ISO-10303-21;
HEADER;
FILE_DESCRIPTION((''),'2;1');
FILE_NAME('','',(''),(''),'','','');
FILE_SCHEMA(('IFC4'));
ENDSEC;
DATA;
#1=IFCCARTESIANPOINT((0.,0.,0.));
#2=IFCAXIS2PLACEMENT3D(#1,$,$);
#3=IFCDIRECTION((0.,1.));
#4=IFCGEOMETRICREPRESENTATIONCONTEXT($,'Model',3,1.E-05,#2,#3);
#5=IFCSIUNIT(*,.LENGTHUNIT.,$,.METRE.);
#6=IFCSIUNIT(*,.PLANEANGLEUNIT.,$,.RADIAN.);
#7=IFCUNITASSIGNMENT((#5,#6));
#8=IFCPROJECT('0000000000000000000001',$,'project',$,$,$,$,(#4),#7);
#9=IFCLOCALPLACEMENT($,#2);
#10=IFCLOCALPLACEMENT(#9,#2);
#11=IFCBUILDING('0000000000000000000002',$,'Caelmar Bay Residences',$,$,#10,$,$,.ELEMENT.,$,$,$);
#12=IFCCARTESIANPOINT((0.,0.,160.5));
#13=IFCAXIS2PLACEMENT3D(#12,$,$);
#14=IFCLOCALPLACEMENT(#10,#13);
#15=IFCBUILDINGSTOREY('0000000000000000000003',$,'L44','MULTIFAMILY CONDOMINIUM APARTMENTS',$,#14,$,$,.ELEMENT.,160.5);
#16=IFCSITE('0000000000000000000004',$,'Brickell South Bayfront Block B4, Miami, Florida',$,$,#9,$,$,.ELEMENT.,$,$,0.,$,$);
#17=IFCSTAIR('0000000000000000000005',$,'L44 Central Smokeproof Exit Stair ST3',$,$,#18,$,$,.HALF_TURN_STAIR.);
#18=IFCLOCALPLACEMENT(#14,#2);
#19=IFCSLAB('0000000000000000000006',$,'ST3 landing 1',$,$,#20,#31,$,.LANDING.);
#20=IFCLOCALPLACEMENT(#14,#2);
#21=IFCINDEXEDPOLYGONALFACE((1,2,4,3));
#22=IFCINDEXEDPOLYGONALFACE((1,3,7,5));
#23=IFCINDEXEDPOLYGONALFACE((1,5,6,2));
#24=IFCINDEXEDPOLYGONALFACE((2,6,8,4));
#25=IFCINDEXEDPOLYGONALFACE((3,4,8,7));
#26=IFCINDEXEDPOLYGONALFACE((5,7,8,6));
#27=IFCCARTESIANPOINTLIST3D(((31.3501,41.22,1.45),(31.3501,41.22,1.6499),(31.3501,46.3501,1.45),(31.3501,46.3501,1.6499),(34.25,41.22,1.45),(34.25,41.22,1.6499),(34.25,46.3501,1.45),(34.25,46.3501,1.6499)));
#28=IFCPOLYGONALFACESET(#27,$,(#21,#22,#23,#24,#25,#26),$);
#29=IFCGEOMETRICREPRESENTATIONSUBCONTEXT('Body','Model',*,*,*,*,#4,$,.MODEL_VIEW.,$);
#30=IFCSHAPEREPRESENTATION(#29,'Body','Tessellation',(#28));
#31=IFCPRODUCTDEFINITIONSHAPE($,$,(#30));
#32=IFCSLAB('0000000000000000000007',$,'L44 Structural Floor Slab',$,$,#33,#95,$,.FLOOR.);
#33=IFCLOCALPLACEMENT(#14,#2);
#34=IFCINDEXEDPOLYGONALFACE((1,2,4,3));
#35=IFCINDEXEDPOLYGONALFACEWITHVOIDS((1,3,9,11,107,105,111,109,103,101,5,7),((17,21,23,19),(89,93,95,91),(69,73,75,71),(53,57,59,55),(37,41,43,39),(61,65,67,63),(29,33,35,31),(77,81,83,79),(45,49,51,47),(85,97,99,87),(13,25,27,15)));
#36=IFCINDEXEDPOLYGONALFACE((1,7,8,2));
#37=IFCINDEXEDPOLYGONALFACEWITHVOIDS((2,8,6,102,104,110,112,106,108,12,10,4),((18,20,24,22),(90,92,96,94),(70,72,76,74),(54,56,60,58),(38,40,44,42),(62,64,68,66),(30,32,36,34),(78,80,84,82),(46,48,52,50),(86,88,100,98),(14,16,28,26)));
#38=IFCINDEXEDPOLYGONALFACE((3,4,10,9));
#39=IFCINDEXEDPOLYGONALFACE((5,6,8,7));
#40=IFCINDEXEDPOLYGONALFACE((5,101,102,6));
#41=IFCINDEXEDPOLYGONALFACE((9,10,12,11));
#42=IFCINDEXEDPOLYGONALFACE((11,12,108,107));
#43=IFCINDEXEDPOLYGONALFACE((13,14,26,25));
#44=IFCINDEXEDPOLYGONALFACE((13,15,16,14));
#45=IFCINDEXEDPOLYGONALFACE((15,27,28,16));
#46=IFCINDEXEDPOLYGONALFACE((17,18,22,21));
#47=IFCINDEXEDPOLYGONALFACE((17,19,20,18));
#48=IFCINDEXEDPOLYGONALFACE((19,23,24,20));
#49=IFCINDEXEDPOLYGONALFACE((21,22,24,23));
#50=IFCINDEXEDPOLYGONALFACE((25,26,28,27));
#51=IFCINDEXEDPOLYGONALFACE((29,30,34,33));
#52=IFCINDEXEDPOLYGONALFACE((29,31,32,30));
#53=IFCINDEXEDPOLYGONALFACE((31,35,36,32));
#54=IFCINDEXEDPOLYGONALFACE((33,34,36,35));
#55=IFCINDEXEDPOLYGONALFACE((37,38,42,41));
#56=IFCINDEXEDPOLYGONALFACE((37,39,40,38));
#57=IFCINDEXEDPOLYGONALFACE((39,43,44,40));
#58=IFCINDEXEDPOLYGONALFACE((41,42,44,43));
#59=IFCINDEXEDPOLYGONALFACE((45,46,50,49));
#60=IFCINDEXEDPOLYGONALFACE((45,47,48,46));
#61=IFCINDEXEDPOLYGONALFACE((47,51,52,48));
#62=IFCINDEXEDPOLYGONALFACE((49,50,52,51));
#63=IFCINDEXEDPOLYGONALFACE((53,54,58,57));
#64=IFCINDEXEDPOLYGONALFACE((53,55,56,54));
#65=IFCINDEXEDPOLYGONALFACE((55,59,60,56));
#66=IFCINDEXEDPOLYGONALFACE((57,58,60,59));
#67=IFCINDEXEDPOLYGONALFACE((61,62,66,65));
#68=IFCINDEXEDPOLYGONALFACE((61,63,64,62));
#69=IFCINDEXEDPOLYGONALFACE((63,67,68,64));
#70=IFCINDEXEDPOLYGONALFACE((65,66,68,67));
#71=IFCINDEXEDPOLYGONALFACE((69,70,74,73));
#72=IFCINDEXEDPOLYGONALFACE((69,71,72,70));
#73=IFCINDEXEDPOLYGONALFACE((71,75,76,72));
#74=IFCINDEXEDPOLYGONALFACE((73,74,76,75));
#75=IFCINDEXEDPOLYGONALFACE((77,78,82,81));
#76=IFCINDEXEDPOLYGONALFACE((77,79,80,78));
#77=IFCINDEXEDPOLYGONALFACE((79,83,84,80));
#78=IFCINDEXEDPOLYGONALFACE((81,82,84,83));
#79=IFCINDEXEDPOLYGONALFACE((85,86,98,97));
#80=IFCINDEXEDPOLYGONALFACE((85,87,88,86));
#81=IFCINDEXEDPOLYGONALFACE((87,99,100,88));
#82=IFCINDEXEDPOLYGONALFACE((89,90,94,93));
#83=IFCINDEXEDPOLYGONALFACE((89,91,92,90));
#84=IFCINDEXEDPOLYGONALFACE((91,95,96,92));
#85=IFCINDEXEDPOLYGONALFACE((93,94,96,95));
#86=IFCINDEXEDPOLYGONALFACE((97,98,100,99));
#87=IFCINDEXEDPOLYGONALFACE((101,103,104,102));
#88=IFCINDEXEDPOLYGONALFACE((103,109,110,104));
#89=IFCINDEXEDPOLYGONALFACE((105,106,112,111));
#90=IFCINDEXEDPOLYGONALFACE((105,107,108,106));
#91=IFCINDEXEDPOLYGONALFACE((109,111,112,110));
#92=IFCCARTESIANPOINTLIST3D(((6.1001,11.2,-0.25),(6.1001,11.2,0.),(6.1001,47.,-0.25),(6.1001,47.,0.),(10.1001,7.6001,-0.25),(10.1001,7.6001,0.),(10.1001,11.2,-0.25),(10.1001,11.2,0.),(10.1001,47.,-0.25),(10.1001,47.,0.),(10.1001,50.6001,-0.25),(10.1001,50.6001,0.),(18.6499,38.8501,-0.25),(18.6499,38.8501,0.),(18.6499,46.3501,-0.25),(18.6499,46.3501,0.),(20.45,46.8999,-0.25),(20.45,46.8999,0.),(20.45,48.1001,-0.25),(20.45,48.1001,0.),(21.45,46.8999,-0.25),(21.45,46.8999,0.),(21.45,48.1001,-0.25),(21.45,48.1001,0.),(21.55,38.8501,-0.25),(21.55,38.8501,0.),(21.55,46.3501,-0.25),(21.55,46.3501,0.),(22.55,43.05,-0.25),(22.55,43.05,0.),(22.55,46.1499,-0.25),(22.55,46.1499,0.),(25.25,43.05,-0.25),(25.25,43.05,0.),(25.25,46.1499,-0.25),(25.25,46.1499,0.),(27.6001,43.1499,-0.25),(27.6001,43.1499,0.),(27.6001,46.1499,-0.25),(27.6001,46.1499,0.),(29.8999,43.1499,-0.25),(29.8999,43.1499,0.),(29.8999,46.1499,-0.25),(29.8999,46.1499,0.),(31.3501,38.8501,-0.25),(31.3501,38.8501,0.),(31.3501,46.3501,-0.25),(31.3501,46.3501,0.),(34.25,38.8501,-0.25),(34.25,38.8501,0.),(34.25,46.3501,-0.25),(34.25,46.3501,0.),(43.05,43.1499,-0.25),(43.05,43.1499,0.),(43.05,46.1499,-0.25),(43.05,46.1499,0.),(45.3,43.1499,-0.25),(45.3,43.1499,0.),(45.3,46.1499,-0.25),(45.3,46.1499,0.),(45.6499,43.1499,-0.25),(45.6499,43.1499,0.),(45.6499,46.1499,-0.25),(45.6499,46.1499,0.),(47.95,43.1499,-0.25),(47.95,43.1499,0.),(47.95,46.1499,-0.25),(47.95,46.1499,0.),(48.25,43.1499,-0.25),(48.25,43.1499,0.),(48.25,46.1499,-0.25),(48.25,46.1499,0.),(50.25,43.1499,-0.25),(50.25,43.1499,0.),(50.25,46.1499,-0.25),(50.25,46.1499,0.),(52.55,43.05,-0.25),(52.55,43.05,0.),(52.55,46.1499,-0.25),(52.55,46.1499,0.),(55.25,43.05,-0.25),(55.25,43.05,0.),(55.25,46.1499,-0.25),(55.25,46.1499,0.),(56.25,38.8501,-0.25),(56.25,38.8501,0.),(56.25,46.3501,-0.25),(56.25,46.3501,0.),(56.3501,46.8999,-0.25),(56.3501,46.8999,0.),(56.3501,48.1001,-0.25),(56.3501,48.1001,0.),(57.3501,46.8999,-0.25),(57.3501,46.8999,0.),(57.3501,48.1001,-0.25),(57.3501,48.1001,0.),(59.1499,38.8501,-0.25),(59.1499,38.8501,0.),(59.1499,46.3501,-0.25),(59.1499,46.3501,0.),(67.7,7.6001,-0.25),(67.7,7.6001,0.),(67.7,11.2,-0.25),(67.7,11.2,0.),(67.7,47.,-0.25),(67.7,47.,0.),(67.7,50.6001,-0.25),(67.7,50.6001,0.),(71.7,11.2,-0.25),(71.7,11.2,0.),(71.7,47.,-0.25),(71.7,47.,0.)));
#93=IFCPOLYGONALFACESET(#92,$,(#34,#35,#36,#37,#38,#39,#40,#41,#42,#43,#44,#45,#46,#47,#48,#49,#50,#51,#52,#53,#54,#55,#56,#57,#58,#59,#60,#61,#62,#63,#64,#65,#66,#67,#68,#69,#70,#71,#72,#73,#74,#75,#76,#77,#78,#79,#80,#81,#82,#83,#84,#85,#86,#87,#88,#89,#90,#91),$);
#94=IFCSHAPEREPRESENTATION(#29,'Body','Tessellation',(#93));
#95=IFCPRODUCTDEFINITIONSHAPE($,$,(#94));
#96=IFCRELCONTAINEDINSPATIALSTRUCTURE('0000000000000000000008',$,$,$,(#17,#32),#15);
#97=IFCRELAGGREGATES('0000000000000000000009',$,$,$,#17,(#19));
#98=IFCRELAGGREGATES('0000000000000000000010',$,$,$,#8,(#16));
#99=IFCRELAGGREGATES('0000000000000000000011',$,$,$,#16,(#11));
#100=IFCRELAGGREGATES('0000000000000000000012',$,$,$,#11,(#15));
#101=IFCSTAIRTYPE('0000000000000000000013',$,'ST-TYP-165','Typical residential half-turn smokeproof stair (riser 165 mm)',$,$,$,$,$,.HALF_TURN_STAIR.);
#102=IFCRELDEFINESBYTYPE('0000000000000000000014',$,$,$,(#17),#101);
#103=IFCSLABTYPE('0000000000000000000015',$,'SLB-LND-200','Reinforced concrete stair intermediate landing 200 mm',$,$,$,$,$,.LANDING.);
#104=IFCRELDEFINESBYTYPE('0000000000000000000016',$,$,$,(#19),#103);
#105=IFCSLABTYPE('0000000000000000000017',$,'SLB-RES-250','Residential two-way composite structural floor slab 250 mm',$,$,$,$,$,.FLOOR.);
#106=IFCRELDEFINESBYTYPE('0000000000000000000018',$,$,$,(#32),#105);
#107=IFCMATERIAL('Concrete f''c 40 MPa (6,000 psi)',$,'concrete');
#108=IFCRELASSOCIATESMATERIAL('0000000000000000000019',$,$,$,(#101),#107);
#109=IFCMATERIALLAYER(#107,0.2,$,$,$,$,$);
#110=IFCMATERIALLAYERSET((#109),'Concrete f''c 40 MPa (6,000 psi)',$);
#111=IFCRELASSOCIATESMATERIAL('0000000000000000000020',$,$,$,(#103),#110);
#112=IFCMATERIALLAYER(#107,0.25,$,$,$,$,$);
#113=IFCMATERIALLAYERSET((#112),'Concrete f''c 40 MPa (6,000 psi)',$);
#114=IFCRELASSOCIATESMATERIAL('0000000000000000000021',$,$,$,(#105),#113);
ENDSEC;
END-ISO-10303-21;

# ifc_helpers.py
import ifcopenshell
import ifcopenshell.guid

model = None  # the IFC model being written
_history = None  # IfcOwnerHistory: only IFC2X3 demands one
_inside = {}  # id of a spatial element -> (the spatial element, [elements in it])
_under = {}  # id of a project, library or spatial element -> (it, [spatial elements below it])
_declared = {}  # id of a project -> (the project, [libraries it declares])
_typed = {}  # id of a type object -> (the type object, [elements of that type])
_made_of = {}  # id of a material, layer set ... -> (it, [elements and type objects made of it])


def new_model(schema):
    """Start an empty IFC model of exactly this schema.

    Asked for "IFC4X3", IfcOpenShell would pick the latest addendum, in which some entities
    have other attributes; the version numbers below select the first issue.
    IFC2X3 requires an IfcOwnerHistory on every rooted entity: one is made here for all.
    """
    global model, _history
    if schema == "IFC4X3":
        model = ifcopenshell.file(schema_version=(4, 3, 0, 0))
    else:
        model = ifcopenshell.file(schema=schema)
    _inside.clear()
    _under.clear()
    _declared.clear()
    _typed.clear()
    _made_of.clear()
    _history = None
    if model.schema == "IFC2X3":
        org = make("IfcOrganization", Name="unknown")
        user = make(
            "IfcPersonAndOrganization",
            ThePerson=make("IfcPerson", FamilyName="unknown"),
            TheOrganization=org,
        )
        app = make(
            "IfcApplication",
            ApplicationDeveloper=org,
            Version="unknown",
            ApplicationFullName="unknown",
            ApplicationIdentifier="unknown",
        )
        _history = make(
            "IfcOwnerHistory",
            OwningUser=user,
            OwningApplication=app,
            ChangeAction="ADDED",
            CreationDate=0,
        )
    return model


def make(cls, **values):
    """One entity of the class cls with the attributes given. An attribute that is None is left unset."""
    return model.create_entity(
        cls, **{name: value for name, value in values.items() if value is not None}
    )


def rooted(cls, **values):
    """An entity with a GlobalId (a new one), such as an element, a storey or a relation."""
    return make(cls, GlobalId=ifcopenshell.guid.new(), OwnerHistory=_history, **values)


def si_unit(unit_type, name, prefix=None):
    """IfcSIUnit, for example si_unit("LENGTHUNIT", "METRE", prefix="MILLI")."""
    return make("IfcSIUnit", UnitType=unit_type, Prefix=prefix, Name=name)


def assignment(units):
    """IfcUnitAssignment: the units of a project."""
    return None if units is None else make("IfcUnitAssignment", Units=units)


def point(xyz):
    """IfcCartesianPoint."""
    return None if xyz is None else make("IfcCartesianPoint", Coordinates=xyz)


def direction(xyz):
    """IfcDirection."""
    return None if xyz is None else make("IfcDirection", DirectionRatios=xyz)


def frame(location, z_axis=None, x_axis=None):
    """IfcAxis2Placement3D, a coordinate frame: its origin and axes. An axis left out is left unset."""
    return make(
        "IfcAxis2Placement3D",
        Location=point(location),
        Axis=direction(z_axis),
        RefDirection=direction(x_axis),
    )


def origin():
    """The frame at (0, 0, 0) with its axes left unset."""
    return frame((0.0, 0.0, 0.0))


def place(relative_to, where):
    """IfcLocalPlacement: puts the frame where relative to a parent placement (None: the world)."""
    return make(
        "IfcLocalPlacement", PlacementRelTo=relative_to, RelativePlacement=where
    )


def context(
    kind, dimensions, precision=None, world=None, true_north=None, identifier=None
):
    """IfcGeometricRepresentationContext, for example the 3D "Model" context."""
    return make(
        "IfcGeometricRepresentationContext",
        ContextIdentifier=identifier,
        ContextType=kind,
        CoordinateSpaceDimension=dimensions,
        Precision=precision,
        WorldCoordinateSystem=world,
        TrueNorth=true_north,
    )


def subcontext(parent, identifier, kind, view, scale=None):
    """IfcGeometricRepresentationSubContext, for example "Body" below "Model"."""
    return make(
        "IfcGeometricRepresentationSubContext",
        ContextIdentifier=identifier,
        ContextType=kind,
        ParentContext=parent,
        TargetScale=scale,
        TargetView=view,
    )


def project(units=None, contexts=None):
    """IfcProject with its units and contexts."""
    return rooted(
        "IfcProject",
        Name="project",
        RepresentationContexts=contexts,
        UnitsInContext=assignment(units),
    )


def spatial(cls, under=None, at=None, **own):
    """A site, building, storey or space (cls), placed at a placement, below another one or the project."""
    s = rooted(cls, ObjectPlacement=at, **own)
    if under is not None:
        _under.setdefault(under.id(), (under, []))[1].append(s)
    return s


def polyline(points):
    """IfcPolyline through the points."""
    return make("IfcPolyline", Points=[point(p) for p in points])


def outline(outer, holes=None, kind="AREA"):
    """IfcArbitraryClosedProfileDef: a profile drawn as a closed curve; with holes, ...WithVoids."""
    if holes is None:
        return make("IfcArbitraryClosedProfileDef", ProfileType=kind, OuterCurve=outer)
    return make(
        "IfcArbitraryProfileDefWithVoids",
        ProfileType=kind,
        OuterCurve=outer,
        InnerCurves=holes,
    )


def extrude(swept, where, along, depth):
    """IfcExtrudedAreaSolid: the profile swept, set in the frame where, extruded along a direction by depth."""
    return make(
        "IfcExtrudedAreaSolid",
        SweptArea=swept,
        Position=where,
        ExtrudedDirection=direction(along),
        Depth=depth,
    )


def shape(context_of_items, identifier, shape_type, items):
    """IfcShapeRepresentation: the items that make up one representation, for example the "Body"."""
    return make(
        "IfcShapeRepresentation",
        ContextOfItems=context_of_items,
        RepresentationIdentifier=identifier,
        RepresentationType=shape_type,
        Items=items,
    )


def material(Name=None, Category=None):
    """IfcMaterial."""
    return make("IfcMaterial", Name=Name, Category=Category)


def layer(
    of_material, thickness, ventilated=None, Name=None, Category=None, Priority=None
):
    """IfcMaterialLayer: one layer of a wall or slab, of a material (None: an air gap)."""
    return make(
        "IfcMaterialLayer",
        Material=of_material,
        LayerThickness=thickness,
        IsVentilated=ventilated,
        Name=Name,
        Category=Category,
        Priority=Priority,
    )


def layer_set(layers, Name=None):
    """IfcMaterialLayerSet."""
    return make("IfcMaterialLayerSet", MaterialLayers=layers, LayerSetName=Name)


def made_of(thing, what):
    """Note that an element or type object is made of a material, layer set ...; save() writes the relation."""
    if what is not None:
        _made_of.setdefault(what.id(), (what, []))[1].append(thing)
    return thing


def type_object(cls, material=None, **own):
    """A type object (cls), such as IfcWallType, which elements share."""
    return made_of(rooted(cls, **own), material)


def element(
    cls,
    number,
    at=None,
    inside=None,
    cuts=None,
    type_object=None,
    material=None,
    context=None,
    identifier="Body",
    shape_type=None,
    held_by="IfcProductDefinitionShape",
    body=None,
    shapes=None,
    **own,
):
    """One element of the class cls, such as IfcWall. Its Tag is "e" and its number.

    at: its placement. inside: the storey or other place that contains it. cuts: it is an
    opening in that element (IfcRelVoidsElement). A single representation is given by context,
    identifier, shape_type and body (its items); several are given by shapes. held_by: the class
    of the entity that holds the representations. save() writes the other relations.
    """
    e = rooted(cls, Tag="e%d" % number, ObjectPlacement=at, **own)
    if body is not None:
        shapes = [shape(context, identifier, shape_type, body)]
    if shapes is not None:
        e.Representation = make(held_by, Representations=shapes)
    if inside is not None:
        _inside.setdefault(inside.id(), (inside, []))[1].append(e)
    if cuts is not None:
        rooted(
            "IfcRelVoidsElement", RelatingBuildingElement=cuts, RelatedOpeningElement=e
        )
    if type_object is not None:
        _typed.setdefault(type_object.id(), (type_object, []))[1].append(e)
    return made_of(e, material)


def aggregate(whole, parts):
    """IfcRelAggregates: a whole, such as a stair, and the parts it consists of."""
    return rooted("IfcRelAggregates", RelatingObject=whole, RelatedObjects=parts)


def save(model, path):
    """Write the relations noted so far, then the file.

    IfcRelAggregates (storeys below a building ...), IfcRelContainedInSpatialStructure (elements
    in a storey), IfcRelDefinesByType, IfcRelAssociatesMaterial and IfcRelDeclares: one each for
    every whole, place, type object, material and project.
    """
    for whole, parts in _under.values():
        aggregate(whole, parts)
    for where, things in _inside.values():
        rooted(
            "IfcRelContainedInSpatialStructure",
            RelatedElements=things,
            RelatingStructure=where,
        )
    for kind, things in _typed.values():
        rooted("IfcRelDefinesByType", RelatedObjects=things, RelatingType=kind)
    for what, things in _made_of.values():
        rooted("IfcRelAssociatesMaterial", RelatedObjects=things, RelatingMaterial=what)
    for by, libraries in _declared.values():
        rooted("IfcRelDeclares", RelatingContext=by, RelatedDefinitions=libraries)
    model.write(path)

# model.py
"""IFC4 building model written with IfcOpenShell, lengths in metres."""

from ifc_helpers import new_model, si_unit, direction, frame, origin, place, context, subcontext, project, spatial, polyline, outline, extrude, material, layer, layer_set, type_object, element, aggregate, save


model = new_model("IFC4")

# Units and contexts
model_context = context("Model", 3, precision=1e-05, world=origin(), true_north=direction((0.0, 1.0)))
body_context = subcontext(model_context, "Body", "Model", "MODEL_VIEW")
ifc_project = project(units=[si_unit("LENGTHUNIT", "METRE"), si_unit("PLANEANGLEUNIT", "RADIAN")], contexts=[model_context])

# Site, building, storey
site_placement = place(None, origin())
site = spatial("IfcSite", under=ifc_project, at=site_placement, Name="Brickell South Bayfront Block B4, Miami, Florida", CompositionType="ELEMENT", RefElevation=0.0)
building_placement = place(site_placement, origin())
building = spatial("IfcBuilding", under=site, at=building_placement, Name="Caelmar Bay Residences", CompositionType="ELEMENT")
storey_placement = place(building_placement, frame((0.0, 0.0, 160.5)))
storey = spatial("IfcBuildingStorey", under=building, at=storey_placement, Name="L44", Description="MULTIFAMILY CONDOMINIUM APARTMENTS", CompositionType="ELEMENT", Elevation=160.5)

# Shared definitions
ifc_material_1 = material(Name="Concrete f'c 40 MPa (6,000 psi)", Category="concrete")

# Stair, slab
stair_type = type_object("IfcStairType", Name="ST-TYP-165", Description="Typical residential half-turn smokeproof stair (riser 165 mm)", PredefinedType="HALF_TURN_STAIR", material=ifc_material_1)
ifc_layer_1 = layer(ifc_material_1, 0.2)
ifc_layer_set_1 = layer_set([ifc_layer_1], Name="Concrete f'c 40 MPa (6,000 psi)")
slab_type_1 = type_object("IfcSlabType", Name="SLB-LND-200", Description="Reinforced concrete stair intermediate landing 200 mm", PredefinedType="LANDING", material=ifc_layer_set_1)
stair_1_placement = place(storey_placement, origin())
stair_1 = element("IfcStair", 1, at=stair_1_placement, inside=storey, type_object=stair_type, Name="L44 Central Smokeproof Exit Stair ST3", PredefinedType="HALF_TURN_STAIR")
slab_1_placement = place(storey_placement, frame((0.0, 0.0, 1.45)))
slab_1 = element("IfcSlab", 2, at=slab_1_placement, type_object=slab_type_1, Name="ST3 landing 1", PredefinedType="LANDING", context=body_context, shape_type="SweptSolid", body=[
    extrude(outline(polyline([(34.25, 41.22), (34.25, 46.3501), (31.3501, 46.3501), (31.3501, 41.22), (34.25, 41.22)])), origin(), (0.0, 0.0, 1.0), 0.2),
])
aggregate(stair_1, [slab_1])

# Slab
ifc_layer_2 = layer(ifc_material_1, 0.25)
ifc_layer_set_2 = layer_set([ifc_layer_2], Name="Concrete f'c 40 MPa (6,000 psi)")
slab_type_2 = type_object("IfcSlabType", Name="SLB-RES-250", Description="Residential two-way composite structural floor slab 250 mm", PredefinedType="FLOOR", material=ifc_layer_set_2)
slab_2_placement = place(storey_placement, frame((0.0, 0.0, -0.25)))
element("IfcSlab", 3, at=slab_2_placement, inside=storey, type_object=slab_type_2, Name="L44 Structural Floor Slab", PredefinedType="FLOOR", context=body_context, shape_type="SweptSolid", body=[
    extrude(outline(polyline([(10.1001, 7.6001), (67.7, 7.6001), (67.7, 11.2), (71.7, 11.2), (71.7, 47.0), (67.7, 47.0), (67.7, 50.6001), (10.1001, 50.6001), (10.1001, 47.0), (6.1001, 47.0), (6.1001, 11.2), (10.1001, 11.2), (10.1001, 7.6001)]), holes=[polyline([(18.6499, 38.8501), (21.55, 38.8501), (21.55, 46.3501), (18.6499, 46.3501), (18.6499, 38.8501)]), polyline([(56.25, 38.8501), (59.1499, 38.8501), (59.1499, 46.3501), (56.25, 46.3501), (56.25, 38.8501)]), polyline([(31.3501, 38.8501), (34.25, 38.8501), (34.25, 46.3501), (31.3501, 46.3501), (31.3501, 38.8501)]), polyline([(22.55, 43.05), (25.25, 43.05), (25.25, 46.1499), (22.55, 46.1499), (22.55, 43.05)]), polyline([(52.55, 43.05), (55.25, 43.05), (55.25, 46.1499), (52.55, 46.1499), (52.55, 43.05)]), polyline([(43.05, 43.1499), (45.3, 43.1499), (45.3, 46.1499), (43.05, 46.1499), (43.05, 43.1499)]), polyline([(45.6499, 43.1499), (47.95, 43.1499), (47.95, 46.1499), (45.6499, 46.1499), (45.6499, 43.1499)]), polyline([(48.25, 43.1499), (50.25, 43.1499), (50.25, 46.1499), (48.25, 46.1499), (48.25, 43.1499)]), polyline([(27.6001, 43.1499), (29.8999, 43.1499), (29.8999, 46.1499), (27.6001, 46.1499), (27.6001, 43.1499)]), polyline([(20.45, 46.8999), (21.45, 46.8999), (21.45, 48.1001), (20.45, 48.1001), (20.45, 46.8999)]), polyline([(56.3501, 46.8999), (57.3501, 46.8999), (57.3501, 48.1001), (56.3501, 48.1001), (56.3501, 46.8999)])]), origin(), (0.0, 0.0, 1.0), 0.25),
])

save(model, "model.ifc")
